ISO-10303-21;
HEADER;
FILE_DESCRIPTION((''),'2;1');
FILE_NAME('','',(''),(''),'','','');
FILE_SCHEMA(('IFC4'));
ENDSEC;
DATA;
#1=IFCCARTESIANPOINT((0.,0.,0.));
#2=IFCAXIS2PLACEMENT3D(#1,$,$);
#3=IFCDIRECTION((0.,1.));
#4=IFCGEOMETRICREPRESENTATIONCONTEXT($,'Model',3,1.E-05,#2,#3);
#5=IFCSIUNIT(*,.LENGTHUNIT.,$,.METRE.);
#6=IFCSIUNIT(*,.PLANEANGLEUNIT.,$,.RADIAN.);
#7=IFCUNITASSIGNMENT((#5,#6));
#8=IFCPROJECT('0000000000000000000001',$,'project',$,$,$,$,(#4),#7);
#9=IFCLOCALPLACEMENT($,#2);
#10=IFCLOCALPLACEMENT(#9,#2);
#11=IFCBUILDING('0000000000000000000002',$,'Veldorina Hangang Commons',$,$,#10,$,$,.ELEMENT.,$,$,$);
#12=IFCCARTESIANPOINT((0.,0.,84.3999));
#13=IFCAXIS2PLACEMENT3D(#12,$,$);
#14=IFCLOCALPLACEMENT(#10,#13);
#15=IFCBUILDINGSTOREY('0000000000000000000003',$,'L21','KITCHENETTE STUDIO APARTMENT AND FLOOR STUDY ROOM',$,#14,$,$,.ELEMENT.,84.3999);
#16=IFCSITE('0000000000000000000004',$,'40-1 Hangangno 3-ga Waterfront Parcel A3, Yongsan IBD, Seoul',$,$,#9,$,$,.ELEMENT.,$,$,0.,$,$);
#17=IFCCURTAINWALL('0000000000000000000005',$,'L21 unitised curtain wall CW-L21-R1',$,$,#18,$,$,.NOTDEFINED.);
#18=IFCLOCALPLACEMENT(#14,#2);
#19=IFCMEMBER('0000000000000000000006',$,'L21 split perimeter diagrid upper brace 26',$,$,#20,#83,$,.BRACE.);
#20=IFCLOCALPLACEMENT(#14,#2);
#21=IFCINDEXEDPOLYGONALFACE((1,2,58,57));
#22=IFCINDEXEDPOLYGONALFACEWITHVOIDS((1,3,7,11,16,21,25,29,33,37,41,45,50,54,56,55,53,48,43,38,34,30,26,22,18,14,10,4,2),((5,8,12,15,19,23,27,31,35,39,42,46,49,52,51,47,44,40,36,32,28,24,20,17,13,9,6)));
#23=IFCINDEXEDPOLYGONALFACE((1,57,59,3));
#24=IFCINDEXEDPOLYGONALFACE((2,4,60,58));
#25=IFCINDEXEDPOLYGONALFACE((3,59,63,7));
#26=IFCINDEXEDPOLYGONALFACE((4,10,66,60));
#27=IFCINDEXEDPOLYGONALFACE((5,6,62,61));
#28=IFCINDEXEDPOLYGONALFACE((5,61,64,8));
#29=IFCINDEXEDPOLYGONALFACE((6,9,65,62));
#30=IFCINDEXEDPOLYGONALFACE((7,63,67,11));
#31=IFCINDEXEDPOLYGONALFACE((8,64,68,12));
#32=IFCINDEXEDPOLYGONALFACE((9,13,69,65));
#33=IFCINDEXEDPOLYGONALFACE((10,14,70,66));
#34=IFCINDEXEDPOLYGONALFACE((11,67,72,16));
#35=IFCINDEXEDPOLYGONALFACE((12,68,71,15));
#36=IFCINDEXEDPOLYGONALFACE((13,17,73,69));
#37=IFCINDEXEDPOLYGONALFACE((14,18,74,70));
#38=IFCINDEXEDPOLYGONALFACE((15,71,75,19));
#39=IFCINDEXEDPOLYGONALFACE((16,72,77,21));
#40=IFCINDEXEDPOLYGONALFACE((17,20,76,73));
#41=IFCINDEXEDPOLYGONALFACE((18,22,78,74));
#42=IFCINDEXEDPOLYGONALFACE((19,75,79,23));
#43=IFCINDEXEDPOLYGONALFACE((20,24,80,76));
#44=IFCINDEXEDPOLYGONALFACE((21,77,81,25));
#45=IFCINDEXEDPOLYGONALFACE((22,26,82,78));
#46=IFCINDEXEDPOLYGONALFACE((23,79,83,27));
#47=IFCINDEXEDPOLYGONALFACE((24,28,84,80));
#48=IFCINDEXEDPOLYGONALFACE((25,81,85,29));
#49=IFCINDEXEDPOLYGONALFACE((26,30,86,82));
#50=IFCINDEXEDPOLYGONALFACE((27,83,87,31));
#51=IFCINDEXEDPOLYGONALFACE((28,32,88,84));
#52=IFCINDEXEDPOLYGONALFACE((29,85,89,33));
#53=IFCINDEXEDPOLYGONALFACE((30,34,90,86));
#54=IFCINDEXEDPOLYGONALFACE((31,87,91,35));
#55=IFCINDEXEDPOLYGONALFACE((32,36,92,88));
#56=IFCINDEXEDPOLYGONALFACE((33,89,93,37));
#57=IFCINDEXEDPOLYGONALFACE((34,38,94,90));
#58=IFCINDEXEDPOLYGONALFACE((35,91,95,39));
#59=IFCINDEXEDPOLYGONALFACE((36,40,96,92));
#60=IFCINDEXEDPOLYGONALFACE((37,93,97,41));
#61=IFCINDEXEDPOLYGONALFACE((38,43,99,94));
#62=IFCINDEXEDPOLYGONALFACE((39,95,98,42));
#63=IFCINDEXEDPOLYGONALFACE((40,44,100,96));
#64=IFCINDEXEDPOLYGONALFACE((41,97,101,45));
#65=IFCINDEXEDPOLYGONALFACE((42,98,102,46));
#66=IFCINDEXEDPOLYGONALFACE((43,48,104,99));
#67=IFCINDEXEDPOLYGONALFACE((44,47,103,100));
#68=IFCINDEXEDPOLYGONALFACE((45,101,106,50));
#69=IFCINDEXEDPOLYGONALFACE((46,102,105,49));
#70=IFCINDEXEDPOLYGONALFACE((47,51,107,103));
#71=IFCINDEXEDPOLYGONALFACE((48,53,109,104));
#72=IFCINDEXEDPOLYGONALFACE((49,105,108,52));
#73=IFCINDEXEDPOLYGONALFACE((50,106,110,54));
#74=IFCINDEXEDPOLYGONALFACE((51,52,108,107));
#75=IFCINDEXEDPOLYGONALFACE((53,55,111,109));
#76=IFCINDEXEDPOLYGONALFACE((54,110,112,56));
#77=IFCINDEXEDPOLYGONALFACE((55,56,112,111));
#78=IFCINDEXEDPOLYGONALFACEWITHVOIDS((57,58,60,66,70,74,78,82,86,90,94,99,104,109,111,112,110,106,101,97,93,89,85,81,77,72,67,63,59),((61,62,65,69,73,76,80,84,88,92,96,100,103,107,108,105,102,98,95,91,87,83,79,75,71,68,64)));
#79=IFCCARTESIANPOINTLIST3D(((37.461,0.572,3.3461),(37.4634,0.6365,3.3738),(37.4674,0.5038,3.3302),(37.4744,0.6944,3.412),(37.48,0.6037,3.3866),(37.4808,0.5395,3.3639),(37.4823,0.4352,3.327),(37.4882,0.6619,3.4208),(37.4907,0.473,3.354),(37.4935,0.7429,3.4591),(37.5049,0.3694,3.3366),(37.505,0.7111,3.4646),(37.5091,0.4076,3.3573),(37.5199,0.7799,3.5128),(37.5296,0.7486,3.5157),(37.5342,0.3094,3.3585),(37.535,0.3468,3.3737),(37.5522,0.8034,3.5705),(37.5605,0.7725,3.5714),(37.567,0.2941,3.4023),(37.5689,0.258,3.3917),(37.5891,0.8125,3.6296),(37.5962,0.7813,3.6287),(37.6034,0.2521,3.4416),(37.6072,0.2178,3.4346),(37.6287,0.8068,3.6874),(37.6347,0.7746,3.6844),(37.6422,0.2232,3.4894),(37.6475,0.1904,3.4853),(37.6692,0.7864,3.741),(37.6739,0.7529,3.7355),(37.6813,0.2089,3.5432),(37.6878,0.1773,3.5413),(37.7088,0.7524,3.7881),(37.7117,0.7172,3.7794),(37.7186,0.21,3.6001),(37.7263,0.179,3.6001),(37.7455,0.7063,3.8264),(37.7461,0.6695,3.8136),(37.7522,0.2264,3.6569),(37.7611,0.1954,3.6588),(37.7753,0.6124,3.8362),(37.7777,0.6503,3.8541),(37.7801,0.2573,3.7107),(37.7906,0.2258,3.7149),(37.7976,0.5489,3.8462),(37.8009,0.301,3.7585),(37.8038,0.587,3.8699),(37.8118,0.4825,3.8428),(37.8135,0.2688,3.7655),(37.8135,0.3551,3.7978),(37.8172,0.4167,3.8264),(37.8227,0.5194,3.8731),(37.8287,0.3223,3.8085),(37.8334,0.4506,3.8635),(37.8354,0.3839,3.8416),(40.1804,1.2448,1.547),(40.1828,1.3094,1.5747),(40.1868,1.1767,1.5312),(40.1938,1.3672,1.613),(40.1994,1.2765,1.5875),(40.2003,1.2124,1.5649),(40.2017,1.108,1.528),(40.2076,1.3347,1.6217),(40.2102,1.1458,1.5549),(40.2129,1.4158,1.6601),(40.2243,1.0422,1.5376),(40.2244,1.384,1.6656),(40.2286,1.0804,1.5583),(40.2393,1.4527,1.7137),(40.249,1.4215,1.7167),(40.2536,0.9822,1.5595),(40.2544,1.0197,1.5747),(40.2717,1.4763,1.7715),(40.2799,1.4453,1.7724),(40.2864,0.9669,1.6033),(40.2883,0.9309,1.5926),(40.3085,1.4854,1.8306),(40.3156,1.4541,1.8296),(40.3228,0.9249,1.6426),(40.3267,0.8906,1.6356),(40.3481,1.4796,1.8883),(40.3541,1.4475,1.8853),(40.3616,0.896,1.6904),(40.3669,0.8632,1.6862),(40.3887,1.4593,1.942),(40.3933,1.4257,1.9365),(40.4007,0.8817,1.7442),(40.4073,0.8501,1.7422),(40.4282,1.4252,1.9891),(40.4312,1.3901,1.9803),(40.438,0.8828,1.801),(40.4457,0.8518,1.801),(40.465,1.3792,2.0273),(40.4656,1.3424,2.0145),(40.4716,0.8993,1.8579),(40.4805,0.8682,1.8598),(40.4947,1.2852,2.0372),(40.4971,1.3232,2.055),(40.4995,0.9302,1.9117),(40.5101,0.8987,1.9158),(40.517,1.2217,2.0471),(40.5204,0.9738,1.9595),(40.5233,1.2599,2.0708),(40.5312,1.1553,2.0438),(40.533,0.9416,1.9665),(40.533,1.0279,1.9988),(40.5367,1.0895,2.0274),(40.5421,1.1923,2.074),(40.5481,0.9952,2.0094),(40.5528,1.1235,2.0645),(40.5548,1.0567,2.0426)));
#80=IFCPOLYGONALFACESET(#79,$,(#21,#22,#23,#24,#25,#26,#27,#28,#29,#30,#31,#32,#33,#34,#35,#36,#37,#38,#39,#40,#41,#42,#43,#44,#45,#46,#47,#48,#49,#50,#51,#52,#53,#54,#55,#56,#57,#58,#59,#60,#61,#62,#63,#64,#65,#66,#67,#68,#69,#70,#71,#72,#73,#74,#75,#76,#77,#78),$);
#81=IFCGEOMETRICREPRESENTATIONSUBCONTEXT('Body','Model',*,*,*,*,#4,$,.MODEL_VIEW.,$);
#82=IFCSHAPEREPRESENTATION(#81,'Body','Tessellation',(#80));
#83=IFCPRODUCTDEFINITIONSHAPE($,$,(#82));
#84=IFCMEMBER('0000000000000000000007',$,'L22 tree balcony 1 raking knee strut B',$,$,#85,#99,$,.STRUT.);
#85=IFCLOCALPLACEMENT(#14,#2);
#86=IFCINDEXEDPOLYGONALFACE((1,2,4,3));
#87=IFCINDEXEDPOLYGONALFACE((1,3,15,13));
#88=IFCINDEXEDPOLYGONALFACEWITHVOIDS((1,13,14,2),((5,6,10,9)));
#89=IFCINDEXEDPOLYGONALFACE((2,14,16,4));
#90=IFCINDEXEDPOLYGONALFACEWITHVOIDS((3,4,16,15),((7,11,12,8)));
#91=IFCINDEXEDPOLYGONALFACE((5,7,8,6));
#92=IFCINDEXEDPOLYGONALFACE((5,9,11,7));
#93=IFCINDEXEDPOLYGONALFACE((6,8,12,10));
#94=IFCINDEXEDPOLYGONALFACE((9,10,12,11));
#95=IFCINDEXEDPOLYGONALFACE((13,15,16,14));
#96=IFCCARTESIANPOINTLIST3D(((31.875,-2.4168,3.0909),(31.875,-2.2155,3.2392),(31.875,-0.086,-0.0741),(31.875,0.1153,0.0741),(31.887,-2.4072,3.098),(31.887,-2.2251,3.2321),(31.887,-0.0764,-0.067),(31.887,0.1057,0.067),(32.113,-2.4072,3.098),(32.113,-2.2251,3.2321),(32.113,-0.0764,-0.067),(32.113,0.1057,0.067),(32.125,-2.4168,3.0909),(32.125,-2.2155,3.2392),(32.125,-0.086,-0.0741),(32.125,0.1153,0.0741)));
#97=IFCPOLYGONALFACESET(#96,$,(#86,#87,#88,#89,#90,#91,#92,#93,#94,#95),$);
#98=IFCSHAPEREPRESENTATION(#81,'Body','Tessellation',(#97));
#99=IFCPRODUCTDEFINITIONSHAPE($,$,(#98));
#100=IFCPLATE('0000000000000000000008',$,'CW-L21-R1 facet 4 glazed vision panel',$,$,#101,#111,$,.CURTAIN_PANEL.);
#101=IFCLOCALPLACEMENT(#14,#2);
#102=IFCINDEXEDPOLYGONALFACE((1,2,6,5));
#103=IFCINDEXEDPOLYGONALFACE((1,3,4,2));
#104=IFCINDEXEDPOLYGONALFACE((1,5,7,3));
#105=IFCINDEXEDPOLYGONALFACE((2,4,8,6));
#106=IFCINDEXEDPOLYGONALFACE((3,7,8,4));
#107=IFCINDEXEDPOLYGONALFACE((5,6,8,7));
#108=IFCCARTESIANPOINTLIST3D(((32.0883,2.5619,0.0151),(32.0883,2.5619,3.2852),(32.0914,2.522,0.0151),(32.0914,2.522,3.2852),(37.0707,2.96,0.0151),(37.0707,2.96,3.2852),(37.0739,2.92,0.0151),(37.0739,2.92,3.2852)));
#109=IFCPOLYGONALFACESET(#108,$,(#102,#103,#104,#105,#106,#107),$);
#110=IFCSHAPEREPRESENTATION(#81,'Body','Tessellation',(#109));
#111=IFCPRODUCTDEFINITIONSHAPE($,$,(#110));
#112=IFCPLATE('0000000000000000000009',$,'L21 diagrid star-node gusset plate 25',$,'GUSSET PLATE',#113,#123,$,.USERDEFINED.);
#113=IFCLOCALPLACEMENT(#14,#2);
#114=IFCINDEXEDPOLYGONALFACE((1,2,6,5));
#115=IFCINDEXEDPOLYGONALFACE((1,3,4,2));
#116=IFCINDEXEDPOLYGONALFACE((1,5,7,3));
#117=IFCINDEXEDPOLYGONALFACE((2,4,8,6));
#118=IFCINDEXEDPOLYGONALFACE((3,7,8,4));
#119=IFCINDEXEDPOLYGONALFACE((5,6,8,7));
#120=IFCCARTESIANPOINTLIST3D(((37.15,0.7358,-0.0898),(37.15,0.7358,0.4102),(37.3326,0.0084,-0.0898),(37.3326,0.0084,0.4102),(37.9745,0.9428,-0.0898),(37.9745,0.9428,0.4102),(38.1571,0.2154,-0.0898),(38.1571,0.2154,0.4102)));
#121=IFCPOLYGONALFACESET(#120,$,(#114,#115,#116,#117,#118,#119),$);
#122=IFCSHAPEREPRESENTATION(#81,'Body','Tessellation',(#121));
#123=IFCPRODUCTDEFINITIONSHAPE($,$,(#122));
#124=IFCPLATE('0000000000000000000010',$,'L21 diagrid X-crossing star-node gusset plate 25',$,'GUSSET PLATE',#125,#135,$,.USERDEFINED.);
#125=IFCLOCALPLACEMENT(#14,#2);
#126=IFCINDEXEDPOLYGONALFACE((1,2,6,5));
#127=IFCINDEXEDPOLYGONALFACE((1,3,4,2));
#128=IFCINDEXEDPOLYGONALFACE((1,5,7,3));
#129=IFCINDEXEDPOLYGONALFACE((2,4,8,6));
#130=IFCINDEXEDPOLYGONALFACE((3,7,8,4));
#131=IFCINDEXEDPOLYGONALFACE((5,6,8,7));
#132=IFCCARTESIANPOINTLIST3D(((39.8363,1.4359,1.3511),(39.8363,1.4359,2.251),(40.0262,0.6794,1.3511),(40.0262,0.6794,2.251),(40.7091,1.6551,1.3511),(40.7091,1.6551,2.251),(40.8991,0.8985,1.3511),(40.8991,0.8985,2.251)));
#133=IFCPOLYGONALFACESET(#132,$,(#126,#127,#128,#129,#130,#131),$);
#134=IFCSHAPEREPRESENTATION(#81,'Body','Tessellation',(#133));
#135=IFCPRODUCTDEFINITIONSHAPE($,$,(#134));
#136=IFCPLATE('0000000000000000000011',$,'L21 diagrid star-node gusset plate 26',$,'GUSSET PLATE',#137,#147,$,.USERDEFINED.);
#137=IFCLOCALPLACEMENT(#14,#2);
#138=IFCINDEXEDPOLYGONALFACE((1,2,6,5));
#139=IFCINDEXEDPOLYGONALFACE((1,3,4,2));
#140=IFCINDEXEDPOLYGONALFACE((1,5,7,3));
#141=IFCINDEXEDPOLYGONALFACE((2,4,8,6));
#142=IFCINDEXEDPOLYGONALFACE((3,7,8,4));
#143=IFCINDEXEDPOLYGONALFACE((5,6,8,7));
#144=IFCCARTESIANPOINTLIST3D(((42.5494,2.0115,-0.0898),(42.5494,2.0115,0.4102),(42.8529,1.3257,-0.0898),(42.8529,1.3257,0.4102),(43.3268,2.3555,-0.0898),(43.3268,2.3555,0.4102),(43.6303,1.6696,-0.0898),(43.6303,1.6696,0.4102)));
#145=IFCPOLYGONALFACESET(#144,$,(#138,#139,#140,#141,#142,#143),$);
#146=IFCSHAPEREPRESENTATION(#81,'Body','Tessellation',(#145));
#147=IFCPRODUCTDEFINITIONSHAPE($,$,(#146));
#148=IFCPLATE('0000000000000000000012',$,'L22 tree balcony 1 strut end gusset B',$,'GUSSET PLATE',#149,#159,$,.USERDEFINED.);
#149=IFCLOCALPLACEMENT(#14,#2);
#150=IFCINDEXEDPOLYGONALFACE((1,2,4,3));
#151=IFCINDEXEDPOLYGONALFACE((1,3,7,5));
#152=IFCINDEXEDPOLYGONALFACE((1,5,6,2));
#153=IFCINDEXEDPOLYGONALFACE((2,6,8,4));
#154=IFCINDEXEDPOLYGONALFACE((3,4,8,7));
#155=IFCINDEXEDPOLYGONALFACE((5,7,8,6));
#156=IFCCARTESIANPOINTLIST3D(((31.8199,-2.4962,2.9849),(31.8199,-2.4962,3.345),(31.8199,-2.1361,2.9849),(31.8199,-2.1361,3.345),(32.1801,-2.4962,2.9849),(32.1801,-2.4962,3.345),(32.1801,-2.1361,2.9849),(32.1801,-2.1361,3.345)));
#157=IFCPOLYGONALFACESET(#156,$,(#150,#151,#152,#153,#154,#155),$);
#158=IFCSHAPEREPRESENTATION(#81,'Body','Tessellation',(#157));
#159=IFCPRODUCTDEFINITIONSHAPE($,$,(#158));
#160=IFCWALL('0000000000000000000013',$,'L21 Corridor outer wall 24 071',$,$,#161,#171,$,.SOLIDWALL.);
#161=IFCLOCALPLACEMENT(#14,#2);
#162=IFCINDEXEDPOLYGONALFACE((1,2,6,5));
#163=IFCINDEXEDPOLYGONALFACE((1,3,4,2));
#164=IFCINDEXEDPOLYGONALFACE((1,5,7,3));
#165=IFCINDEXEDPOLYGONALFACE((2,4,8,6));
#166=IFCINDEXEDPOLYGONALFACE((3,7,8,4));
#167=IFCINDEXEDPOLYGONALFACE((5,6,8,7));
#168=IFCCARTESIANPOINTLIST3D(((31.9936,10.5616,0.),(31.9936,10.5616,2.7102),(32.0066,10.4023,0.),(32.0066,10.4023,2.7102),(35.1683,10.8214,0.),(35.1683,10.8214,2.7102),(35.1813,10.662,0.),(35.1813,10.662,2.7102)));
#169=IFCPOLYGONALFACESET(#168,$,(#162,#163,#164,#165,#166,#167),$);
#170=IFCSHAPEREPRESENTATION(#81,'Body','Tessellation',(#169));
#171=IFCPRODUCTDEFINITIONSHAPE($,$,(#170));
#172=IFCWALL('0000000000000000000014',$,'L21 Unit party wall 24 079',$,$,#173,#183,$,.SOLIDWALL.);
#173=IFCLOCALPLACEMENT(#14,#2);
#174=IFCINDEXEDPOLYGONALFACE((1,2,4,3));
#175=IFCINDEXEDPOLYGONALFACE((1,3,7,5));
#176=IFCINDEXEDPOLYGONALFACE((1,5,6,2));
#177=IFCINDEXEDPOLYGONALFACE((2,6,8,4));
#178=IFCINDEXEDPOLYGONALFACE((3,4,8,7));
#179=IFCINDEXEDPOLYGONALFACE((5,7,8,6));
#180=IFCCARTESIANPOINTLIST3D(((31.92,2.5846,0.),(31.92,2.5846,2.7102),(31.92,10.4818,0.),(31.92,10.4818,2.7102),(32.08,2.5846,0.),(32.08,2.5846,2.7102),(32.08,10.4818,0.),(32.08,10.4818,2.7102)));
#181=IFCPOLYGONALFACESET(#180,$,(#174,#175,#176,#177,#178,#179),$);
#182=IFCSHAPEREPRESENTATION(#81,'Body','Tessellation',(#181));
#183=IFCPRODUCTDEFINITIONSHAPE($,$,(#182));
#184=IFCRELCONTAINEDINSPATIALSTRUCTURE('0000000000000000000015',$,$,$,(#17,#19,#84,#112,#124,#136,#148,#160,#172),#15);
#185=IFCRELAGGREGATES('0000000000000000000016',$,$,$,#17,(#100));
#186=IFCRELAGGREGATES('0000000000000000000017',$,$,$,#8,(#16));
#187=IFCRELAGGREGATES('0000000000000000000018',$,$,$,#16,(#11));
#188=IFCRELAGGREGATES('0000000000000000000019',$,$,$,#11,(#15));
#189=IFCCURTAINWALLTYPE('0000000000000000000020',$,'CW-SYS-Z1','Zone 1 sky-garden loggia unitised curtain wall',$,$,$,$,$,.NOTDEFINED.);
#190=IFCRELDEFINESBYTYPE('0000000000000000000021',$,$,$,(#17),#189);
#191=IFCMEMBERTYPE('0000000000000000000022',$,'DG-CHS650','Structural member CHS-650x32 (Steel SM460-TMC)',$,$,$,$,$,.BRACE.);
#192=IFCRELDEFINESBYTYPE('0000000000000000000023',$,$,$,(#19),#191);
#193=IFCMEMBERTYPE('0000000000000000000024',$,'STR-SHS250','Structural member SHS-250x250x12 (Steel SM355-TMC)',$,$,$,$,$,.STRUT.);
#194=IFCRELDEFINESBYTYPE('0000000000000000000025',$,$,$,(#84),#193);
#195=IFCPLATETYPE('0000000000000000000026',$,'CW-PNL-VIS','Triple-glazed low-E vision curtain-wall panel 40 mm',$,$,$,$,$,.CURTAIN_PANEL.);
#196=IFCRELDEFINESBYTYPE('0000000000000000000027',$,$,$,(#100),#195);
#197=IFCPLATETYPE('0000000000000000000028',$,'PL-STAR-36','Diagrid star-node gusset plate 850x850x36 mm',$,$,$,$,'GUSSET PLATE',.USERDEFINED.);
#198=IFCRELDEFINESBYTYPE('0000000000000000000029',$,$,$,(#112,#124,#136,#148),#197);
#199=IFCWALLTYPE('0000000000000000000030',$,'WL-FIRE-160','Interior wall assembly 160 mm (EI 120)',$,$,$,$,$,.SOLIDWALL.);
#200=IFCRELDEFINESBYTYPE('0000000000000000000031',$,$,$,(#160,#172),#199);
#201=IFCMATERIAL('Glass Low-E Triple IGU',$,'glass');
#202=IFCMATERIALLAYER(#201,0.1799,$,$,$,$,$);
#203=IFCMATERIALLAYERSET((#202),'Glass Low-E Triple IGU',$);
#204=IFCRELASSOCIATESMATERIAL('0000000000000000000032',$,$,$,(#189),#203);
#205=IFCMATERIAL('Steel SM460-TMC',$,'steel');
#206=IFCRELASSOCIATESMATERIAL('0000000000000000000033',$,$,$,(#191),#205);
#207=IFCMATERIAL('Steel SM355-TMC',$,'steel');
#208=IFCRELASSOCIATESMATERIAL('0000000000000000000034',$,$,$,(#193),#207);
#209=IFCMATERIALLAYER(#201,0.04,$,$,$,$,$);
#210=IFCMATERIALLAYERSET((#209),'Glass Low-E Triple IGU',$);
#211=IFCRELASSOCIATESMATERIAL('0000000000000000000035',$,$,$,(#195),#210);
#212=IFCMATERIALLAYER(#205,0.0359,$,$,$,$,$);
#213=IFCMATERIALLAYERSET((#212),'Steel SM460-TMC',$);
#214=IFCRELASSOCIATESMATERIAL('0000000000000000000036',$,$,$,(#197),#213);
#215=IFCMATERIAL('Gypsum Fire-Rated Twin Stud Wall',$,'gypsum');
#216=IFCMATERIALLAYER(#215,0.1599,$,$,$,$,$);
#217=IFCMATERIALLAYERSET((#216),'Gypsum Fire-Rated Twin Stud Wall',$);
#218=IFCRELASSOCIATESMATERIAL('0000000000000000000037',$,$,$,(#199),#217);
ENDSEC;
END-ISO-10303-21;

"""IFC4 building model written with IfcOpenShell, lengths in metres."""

from ifc_helpers import new_model, si_unit, direction, frame, frame_2d, origin, origin_2d, place, context, subcontext, project, spatial, rectangle, hollow_rectangle, hollow_circle, extrude, material, layer, layer_set, material_profile, profile_set, type_object, element, aggregate, save


model = new_model("IFC4")

# Units and contexts
model_context = context("Model", 3, precision=1e-05, world=origin(), true_north=direction((0.0, 1.0)))
body_context = subcontext(model_context, "Body", "Model", "MODEL_VIEW")
ifc_project = project(units=[si_unit("LENGTHUNIT", "METRE"), si_unit("PLANEANGLEUNIT", "RADIAN")], contexts=[model_context])

# Site, building, storey
site_placement = place(None, origin())
site = spatial("IfcSite", under=ifc_project, at=site_placement, Name="40-1 Hangangno 3-ga Waterfront Parcel A3, Yongsan IBD, Seoul", CompositionType="ELEMENT", RefElevation=0.0)
building_placement = place(site_placement, origin())
building = spatial("IfcBuilding", under=site, at=building_placement, Name="Veldorina Hangang Commons", CompositionType="ELEMENT")
storey_placement = place(building_placement, frame((0.0, 0.0, 84.3999)))
storey = spatial("IfcBuildingStorey", under=building, at=storey_placement, Name="L21", Description="KITCHENETTE STUDIO APARTMENT AND FLOOR STUDY ROOM", CompositionType="ELEMENT", Elevation=84.3999)

# Curtain wall
ifc_material_1 = material(Name="Glass Low-E Triple IGU", Category="glass")
ifc_layer_1 = layer(ifc_material_1, 0.1799)
ifc_layer_set_1 = layer_set([ifc_layer_1], Name="Glass Low-E Triple IGU")
curtain_wall_type = type_object("IfcCurtainWallType", Name="CW-SYS-Z1", Description="Zone 1 sky-garden loggia unitised curtain wall", PredefinedType="NOTDEFINED", material=ifc_layer_set_1)
curtain_wall_1_placement = place(storey_placement, origin())
curtain_wall_1 = element("IfcCurtainWall", 1, at=curtain_wall_1_placement, inside=storey, type_object=curtain_wall_type, Name="L21 unitised curtain wall CW-L21-R1", PredefinedType="NOTDEFINED")

# Members
ifc_material_2 = material(Name="Steel SM460-TMC", Category="steel")
ifc_material_profile_1 = material_profile(ifc_material_2, hollow_circle(Radius=0.325, WallThickness=0.032, at=origin_2d()), Name="CHS-650x32")
ifc_profile_set_1 = profile_set([ifc_material_profile_1], Name="Steel SM460-TMC")
member_type_1 = type_object("IfcMemberType", Name="DG-CHS650", Description="Structural member CHS-650x32 (Steel SM460-TMC)", PredefinedType="BRACE", material=ifc_profile_set_1)
member_1_placement = place(storey_placement, frame((40.3677, 1.1672, 1.801), z_axis=(-0.816806, -0.202093, 0.540358), x_axis=(0.240177, -0.970729, 0.0)))
element("IfcMember", 2, at=member_1_placement, inside=storey, type_object=member_type_1, Name="L21 split perimeter diagrid upper brace 26", PredefinedType="BRACE", context=body_context, shape_type="SweptSolid", body=[
    extrude(hollow_circle(Radius=0.325, WallThickness=0.032, at=origin_2d()), origin(), (0.0, 0.0, 1.0), 3.3293),
])
ifc_material_3 = material(Name="Steel SM355-TMC", Category="steel")
ifc_material_profile_2 = material_profile(ifc_material_3, hollow_rectangle(XDim=0.25, YDim=0.25, WallThickness=0.012, at=origin_2d()), Name="SHS-250x250x12")
ifc_profile_set_2 = profile_set([ifc_material_profile_2], Name="Steel SM355-TMC")
member_type_2 = type_object("IfcMemberType", Name="STR-SHS250", Description="Structural member SHS-250x250x12 (Steel SM355-TMC)", PredefinedType="STRUT", material=ifc_profile_set_2)
member_2_placement = place(storey_placement, frame((32.0, 0.0146, 0.0), z_axis=(0.0, -0.592981, 0.805217), x_axis=(1.0, 0.0, 0.0)))
element("IfcMember", 3, at=member_2_placement, inside=storey, type_object=member_type_2, Name="L22 tree balcony 1 raking knee strut B", PredefinedType="STRUT", context=body_context, shape_type="SweptSolid", body=[
    extrude(hollow_rectangle(XDim=0.25, YDim=0.25, WallThickness=0.012, at=origin_2d()), origin(), (0.0, 0.0, 1.0), 3.9307),
])

# Plate
ifc_layer_2 = layer(ifc_material_1, 0.04)
ifc_layer_set_2 = layer_set([ifc_layer_2], Name="Glass Low-E Triple IGU")
plate_type_1 = type_object("IfcPlateType", Name="CW-PNL-VIS", Description="Triple-glazed low-E vision curtain-wall panel 40 mm", PredefinedType="CURTAIN_PANEL", material=ifc_layer_set_2)
plate_1_placement = place(storey_placement, frame((34.5811, 2.741, 0.0151), z_axis=(0.0, 0.0, 1.0), x_axis=(0.996824, 0.079642, 0.0)))
plate_1 = element("IfcPlate", 4, at=plate_1_placement, type_object=plate_type_1, Name="CW-L21-R1 facet 4 glazed vision panel", PredefinedType="CURTAIN_PANEL", context=body_context, shape_type="SweptSolid", body=[
    extrude(rectangle(XDim=4.9983, YDim=0.04, at=origin_2d()), origin(), (0.0, 0.0, 1.0), 3.27),
])
aggregate(curtain_wall_1, [plate_1])

# Plates
ifc_layer_3 = layer(ifc_material_2, 0.0359)
ifc_layer_set_3 = layer_set([ifc_layer_3], Name="Steel SM460-TMC")
plate_type_2 = type_object("IfcPlateType", Name="PL-STAR-36", Description="Diagrid star-node gusset plate 850x850x36 mm", ElementType="GUSSET PLATE", PredefinedType="USERDEFINED", material=ifc_layer_set_3)
plate_2_placement = place(storey_placement, frame((37.6536, 0.4756, -0.0898), z_axis=(0.0, 0.0, 1.0), x_axis=(0.969898, 0.243513, 0.0)))
element("IfcPlate", 5, at=plate_2_placement, inside=storey, type_object=plate_type_2, Name="L21 diagrid star-node gusset plate 25", ObjectType="GUSSET PLATE", PredefinedType="USERDEFINED", context=body_context, shape_type="SweptSolid", body=[
    extrude(rectangle(XDim=0.8501, YDim=0.75, at=origin_2d()), origin(), (0.0, 0.0, 1.0), 0.5),
])
plate_3_placement = place(storey_placement, frame((40.3677, 1.1672, 1.3511), z_axis=(0.0, 0.0, 1.0), x_axis=(0.969898, 0.243513, 0.0)))
element("IfcPlate", 6, at=plate_3_placement, inside=storey, type_object=plate_type_2, Name="L21 diagrid X-crossing star-node gusset plate 25", ObjectType="GUSSET PLATE", PredefinedType="USERDEFINED", context=body_context, shape_type="SweptSolid", body=[
    extrude(rectangle(XDim=0.8999, YDim=0.78, at=origin_2d()), origin(), (0.0, 0.0, 1.0), 0.8999),
])
plate_4_placement = place(storey_placement, frame((43.0898, 1.8406, -0.0898), z_axis=(0.0, 0.0, 1.0), x_axis=(0.914501, 0.404583, 0.0)))
element("IfcPlate", 7, at=plate_4_placement, inside=storey, type_object=plate_type_2, Name="L21 diagrid star-node gusset plate 26", ObjectType="GUSSET PLATE", PredefinedType="USERDEFINED", context=body_context, shape_type="SweptSolid", body=[
    extrude(rectangle(XDim=0.8501, YDim=0.75, at=origin_2d()), origin(), (0.0, 0.0, 1.0), 0.5),
])
plate_5_placement = place(storey_placement, frame((32.0, -2.3162, 2.9849), z_axis=(0.0, 0.0, 1.0), x_axis=(1.0, 0.0, 0.0)))
element("IfcPlate", 8, at=plate_5_placement, inside=storey, type_object=plate_type_2, Name="L22 tree balcony 1 strut end gusset B", ObjectType="GUSSET PLATE", PredefinedType="USERDEFINED", context=body_context, shape_type="SweptSolid", body=[
    extrude(rectangle(XDim=0.3601, YDim=0.3601, at=origin_2d()), origin(), (0.0, 0.0, 1.0), 0.3601),
])

# Walls
ifc_material_4 = material(Name="Gypsum Fire-Rated Twin Stud Wall", Category="gypsum")
ifc_layer_4 = layer(ifc_material_4, 0.1599)
ifc_layer_set_4 = layer_set([ifc_layer_4], Name="Gypsum Fire-Rated Twin Stud Wall")
wall_type_1 = type_object("IfcWallType", Name="WL-FIRE-160", Description="Interior wall assembly 160 mm (EI 120)", PredefinedType="SOLIDWALL", material=ifc_layer_set_4)
wall_1_placement = place(storey_placement, frame((32.0, 10.4819, 0.0), z_axis=(0.0, 0.0, 1.0), x_axis=(0.996669, 0.081548, 0.0)))
element("IfcWall", 9, at=wall_1_placement, inside=storey, type_object=wall_type_1, Name="L21 Corridor outer wall 24 071", PredefinedType="SOLIDWALL", context=body_context, shape_type="SweptSolid", body=[
    extrude(rectangle(XDim=3.1853, YDim=0.1599, at=frame_2d((1.5928, 0.0))), origin(), (0.0, 0.0, 1.0), 2.7102),
])
wall_2_placement = place(storey_placement, frame((32.0, 10.4819, 0.0), z_axis=(0.0, 0.0, 1.0), x_axis=(0.0, -1.0, 0.0)))
element("IfcWall", 10, at=wall_2_placement, inside=storey, type_object=wall_type_1, Name="L21 Unit party wall 24 079", PredefinedType="SOLIDWALL", context=body_context, shape_type="SweptSolid", body=[
    extrude(rectangle(XDim=7.8972, YDim=0.1599, at=frame_2d((3.9487, 0.0))), origin(), (0.0, 0.0, 1.0), 2.7102),
])

save(model, "model.ifc")
